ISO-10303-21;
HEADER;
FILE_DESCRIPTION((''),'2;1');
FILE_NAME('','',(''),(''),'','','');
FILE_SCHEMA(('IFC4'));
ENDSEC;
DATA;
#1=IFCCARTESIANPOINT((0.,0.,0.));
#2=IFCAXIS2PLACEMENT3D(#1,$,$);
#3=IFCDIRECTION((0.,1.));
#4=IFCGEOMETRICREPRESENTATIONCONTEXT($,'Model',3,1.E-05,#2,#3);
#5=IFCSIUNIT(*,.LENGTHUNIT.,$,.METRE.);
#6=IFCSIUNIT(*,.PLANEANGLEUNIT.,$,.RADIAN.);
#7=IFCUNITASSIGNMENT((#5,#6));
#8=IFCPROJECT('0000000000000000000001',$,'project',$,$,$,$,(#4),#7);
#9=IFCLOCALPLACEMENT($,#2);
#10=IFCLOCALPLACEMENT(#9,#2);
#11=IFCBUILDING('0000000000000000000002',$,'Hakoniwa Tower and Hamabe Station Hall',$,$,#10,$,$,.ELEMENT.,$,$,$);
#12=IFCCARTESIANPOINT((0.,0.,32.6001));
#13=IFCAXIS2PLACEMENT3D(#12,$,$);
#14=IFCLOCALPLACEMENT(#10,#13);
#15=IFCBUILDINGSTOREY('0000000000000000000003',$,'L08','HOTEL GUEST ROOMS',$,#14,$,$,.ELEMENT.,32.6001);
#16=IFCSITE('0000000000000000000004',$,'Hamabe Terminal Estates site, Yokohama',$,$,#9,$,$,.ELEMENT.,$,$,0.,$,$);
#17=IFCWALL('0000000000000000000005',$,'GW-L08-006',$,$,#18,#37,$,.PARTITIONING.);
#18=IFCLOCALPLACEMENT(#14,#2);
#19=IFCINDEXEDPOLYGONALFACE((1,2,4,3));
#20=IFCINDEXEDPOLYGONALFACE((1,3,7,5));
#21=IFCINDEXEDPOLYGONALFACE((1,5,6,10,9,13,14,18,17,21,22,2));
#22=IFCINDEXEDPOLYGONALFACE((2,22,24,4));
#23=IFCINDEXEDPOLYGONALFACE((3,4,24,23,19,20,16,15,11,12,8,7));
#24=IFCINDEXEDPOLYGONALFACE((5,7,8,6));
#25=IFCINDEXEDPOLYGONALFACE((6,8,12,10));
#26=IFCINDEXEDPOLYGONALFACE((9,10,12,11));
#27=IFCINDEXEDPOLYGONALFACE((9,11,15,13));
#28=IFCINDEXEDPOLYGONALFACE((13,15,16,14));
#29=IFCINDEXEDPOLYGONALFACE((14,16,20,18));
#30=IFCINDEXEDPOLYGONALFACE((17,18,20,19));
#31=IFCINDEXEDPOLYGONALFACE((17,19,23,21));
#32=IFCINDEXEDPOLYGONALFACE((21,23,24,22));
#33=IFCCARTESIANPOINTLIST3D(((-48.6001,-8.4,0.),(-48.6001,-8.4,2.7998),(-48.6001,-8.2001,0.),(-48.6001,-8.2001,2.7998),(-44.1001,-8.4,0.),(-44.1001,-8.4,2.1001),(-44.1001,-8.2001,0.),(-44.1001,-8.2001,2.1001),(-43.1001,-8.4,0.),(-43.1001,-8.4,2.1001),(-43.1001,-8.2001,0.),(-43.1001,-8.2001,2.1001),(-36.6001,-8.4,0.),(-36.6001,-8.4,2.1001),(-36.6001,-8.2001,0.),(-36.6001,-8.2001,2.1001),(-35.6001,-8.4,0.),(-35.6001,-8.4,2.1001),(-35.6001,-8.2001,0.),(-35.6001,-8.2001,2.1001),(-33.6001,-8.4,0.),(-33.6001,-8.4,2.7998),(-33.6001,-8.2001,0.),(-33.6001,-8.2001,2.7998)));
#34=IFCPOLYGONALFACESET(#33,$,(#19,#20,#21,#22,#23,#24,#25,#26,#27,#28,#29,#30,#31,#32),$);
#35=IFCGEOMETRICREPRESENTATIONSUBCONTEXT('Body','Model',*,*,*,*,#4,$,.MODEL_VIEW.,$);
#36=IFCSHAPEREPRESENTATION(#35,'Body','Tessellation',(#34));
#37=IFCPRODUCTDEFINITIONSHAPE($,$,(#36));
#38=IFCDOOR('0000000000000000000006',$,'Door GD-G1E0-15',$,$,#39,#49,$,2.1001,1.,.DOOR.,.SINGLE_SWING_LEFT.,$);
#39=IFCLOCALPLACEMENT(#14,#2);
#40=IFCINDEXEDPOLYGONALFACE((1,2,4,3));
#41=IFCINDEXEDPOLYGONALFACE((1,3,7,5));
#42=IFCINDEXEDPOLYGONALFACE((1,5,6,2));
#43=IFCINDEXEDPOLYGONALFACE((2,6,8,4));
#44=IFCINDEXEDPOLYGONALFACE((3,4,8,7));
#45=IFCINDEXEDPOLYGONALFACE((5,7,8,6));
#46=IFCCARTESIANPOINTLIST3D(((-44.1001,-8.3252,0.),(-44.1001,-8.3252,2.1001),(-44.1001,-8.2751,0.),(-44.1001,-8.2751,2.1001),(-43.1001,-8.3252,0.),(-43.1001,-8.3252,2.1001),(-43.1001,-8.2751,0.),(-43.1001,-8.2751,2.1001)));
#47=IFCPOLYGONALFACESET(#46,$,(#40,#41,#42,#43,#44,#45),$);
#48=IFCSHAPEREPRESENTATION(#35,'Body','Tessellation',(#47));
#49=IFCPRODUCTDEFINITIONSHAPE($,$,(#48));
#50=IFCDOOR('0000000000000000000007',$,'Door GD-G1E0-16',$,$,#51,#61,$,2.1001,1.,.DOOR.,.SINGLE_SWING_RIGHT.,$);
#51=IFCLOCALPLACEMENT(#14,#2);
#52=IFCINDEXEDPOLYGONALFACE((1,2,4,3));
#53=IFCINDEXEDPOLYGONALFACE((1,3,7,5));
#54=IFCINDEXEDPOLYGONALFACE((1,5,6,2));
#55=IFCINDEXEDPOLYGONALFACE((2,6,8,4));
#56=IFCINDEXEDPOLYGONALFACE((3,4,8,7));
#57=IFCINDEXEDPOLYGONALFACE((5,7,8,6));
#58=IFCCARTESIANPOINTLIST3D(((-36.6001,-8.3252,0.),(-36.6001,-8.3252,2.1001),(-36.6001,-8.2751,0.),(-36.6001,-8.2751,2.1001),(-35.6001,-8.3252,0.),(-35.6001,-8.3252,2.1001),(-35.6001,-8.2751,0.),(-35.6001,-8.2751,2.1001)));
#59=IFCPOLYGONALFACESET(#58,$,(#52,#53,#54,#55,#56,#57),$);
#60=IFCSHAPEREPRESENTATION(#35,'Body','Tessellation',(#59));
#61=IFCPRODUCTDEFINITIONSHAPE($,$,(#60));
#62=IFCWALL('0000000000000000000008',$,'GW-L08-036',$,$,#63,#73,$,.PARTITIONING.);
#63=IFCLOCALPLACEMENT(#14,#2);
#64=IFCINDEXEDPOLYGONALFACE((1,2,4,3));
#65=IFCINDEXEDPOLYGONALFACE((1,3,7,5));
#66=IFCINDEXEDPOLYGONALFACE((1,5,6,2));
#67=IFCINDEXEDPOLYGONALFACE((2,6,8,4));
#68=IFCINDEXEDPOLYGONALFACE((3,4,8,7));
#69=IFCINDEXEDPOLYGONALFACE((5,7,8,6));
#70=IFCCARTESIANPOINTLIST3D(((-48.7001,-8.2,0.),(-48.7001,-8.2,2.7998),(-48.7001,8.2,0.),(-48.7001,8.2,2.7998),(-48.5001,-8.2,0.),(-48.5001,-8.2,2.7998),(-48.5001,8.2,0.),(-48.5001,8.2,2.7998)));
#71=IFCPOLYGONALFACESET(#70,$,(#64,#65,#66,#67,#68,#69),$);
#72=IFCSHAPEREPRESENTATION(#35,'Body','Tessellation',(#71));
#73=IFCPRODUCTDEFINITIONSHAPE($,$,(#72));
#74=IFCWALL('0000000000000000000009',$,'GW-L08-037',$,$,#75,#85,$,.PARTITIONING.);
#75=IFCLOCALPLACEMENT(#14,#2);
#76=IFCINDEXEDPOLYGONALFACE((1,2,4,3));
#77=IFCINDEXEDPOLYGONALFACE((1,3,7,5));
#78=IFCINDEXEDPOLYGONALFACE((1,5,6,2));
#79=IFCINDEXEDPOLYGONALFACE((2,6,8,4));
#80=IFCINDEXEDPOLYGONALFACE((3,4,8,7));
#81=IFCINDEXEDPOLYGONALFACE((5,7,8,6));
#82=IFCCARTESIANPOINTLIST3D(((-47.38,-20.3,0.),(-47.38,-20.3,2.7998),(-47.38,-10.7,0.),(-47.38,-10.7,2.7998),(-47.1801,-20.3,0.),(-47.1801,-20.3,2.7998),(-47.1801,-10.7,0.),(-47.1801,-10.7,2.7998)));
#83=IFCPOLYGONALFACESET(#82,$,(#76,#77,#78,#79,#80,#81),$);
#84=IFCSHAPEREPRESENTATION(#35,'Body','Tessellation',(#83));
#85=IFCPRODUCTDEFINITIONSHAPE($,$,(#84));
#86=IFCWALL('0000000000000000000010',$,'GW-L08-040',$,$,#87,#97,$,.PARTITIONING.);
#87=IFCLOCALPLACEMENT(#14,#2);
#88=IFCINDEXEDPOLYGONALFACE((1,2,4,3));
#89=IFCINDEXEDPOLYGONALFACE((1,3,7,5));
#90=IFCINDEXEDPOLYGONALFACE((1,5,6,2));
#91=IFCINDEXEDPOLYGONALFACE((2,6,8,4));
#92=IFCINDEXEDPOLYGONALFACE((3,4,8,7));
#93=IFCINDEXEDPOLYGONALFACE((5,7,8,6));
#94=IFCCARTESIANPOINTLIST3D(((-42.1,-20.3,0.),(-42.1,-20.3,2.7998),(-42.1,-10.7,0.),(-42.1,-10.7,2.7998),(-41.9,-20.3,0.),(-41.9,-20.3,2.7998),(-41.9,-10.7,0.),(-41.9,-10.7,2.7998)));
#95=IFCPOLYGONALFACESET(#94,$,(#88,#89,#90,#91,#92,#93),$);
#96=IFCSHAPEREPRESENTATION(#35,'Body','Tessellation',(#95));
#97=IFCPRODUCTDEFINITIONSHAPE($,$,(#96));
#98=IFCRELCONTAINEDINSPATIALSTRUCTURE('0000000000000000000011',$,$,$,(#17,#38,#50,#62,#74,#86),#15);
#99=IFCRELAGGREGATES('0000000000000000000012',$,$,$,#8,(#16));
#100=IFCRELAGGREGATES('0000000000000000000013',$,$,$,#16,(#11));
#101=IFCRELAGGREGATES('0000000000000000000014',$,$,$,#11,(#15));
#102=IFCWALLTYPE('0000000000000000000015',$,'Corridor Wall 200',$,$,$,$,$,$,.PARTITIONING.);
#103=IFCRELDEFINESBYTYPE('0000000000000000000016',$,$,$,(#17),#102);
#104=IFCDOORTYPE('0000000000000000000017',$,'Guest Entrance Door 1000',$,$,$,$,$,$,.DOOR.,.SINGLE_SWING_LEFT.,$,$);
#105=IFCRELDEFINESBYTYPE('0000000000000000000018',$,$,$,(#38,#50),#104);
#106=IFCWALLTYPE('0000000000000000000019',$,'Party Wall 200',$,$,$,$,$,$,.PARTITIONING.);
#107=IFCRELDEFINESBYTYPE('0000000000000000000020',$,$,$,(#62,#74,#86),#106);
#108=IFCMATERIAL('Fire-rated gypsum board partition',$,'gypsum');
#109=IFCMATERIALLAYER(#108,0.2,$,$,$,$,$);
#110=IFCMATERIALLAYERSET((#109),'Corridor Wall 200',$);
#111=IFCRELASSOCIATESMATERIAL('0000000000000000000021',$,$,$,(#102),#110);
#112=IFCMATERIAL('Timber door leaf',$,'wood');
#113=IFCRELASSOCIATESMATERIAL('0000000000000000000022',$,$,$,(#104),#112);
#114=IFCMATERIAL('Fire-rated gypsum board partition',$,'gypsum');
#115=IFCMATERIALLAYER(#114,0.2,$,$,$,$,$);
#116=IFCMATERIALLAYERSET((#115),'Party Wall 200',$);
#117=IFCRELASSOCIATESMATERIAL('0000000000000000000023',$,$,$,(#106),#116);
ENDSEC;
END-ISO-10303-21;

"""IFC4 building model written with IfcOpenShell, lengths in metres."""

from ifc_helpers import new_model, si_unit, direction, frame, frame_2d, origin, place, context, subcontext, project, spatial, rectangle, extrude, material, layer, layer_set, type_object, element, fill, save


model = new_model("IFC4")

# Units and contexts
model_context = context("Model", 3, precision=1e-05, world=origin(), true_north=direction((0.0, 1.0)))
body_context = subcontext(model_context, "Body", "Model", "MODEL_VIEW")
ifc_project = project(units=[si_unit("LENGTHUNIT", "METRE"), si_unit("PLANEANGLEUNIT", "RADIAN")], contexts=[model_context])

# Site, building, storey
site_placement = place(None, origin())
site = spatial("IfcSite", under=ifc_project, at=site_placement, Name="Hamabe Terminal Estates site, Yokohama", CompositionType="ELEMENT", RefElevation=0.0)
building_placement = place(site_placement, origin())
building = spatial("IfcBuilding", under=site, at=building_placement, Name="Hakoniwa Tower and Hamabe Station Hall", CompositionType="ELEMENT")
storey_placement = place(building_placement, frame((0.0, 0.0, 32.6001)))
storey = spatial("IfcBuildingStorey", under=building, at=storey_placement, Name="L08", Description="HOTEL GUEST ROOMS", CompositionType="ELEMENT", Elevation=32.6001)

# Wall, openings, doors
ifc_material_1 = material(Name="Fire-rated gypsum board partition", Category="gypsum")
ifc_layer_1 = layer(ifc_material_1, 0.2)
ifc_layer_set_1 = layer_set([ifc_layer_1], Name="Corridor Wall 200")
wall_type_1 = type_object("IfcWallType", Name="Corridor Wall 200", PredefinedType="PARTITIONING", material=ifc_layer_set_1)
ifc_material_2 = material(Name="Timber door leaf", Category="wood")
door_type_1 = type_object("IfcDoorType", Name="Guest Entrance Door 1000", OperationType="SINGLE_SWING_LEFT", PredefinedType="DOOR", material=ifc_material_2)
wall_1_placement = place(storey_placement, frame((-48.6001, -8.3, 0.0), z_axis=(0.0, 0.0, 1.0), x_axis=(1.0, 0.0, 0.0)))
wall_1 = element("IfcWall", 1, at=wall_1_placement, inside=storey, type_object=wall_type_1, Name="GW-L08-006", PredefinedType="PARTITIONING", context=body_context, shape_type="SweptSolid", body=[
    extrude(rectangle(XDim=15.0, YDim=0.2, at=frame_2d((7.5, 0.0))), origin(), (0.0, 0.0, 1.0), 2.7998),
])
opening_1_placement = place(wall_1_placement, frame((4.5, 0.0, 0.0)))
opening_1 = element("IfcOpeningElement", 2, at=opening_1_placement, cuts=wall_1, PredefinedType="OPENING", context=body_context, shape_type="SweptSolid", body=[
    extrude(rectangle(XDim=1.0, YDim=2.1001, at=frame_2d((0.5, 1.05))), frame((0.0, 0.1099, 0.0), z_axis=(0.0, -1.0, 0.0), x_axis=(1.0, 0.0, 0.0)), (0.0, 0.0, 1.0), 0.22),
])
opening_2_placement = place(wall_1_placement, frame((12.0, 0.0, 0.0)))
opening_2 = element("IfcOpeningElement", 3, at=opening_2_placement, cuts=wall_1, PredefinedType="OPENING", context=body_context, shape_type="SweptSolid", body=[
    extrude(rectangle(XDim=1.0, YDim=2.1001, at=frame_2d((0.5, 1.05))), frame((0.0, 0.1099, 0.0), z_axis=(0.0, -1.0, 0.0), x_axis=(1.0, 0.0, 0.0)), (0.0, 0.0, 1.0), 0.22),
])
door_1_placement = place(opening_1_placement, origin())
door_1 = element("IfcDoor", 4, at=door_1_placement, inside=storey, type_object=door_type_1, Name="Door GD-G1E0-15", OperationType="SINGLE_SWING_LEFT", OverallHeight=2.1001, OverallWidth=1.0, PredefinedType="DOOR", context=body_context, shape_type="SweptSolid", body=[
    extrude(rectangle(XDim=1.0, YDim=2.1001, at=frame_2d((0.5, 1.05))), frame((0.0, 0.0249, 0.0), z_axis=(0.0, -1.0, 0.0), x_axis=(1.0, 0.0, 0.0)), (0.0, 0.0, 1.0), 0.05),
])
fill(opening_1, door_1)
door_2_placement = place(opening_2_placement, origin())
door_2 = element("IfcDoor", 5, at=door_2_placement, inside=storey, type_object=door_type_1, Name="Door GD-G1E0-16", OperationType="SINGLE_SWING_RIGHT", OverallHeight=2.1001, OverallWidth=1.0, PredefinedType="DOOR", context=body_context, shape_type="SweptSolid", body=[
    extrude(rectangle(XDim=1.0, YDim=2.1001, at=frame_2d((0.5, 1.05))), frame((0.0, 0.0249, 0.0), z_axis=(0.0, -1.0, 0.0), x_axis=(1.0, 0.0, 0.0)), (0.0, 0.0, 1.0), 0.05),
])
fill(opening_2, door_2)

# Walls
ifc_material_3 = material(Name="Fire-rated gypsum board partition", Category="gypsum")
ifc_layer_2 = layer(ifc_material_3, 0.2)
ifc_layer_set_2 = layer_set([ifc_layer_2], Name="Party Wall 200")
wall_type_2 = type_object("IfcWallType", Name="Party Wall 200", PredefinedType="PARTITIONING", material=ifc_layer_set_2)
wall_2_placement = place(storey_placement, frame((-48.6001, -8.2, 0.0), z_axis=(0.0, 0.0, 1.0), x_axis=(0.0, 1.0, 0.0)))
element("IfcWall", 6, at=wall_2_placement, inside=storey, type_object=wall_type_2, Name="GW-L08-036", PredefinedType="PARTITIONING", context=body_context, shape_type="SweptSolid", body=[
    extrude(rectangle(XDim=16.3999, YDim=0.2, at=frame_2d((8.2, 0.0))), origin(), (0.0, 0.0, 1.0), 2.7998),
])
for number, where, z_axis, x_axis, name in (
    (7, (-47.28, -20.3, 0.0), (0.0, 0.0, 1.0), (0.0, 1.0, 0.0), "GW-L08-037"),
    (8, (-42.0, -20.3, 0.0), (0.0, 0.0, 1.0), (0.0, 1.0, 0.0), "GW-L08-040"),
):
    element("IfcWall", number, at=place(storey_placement, frame(where, z_axis=z_axis, x_axis=x_axis)), inside=storey, type_object=wall_type_2, Name=name, PredefinedType="PARTITIONING", context=body_context, shape_type="SweptSolid", body=[
        extrude(rectangle(XDim=9.6001, YDim=0.2, at=frame_2d((4.8, 0.0))), origin(), (0.0, 0.0, 1.0), 2.7998),
    ])

save(model, "model.ifc")
